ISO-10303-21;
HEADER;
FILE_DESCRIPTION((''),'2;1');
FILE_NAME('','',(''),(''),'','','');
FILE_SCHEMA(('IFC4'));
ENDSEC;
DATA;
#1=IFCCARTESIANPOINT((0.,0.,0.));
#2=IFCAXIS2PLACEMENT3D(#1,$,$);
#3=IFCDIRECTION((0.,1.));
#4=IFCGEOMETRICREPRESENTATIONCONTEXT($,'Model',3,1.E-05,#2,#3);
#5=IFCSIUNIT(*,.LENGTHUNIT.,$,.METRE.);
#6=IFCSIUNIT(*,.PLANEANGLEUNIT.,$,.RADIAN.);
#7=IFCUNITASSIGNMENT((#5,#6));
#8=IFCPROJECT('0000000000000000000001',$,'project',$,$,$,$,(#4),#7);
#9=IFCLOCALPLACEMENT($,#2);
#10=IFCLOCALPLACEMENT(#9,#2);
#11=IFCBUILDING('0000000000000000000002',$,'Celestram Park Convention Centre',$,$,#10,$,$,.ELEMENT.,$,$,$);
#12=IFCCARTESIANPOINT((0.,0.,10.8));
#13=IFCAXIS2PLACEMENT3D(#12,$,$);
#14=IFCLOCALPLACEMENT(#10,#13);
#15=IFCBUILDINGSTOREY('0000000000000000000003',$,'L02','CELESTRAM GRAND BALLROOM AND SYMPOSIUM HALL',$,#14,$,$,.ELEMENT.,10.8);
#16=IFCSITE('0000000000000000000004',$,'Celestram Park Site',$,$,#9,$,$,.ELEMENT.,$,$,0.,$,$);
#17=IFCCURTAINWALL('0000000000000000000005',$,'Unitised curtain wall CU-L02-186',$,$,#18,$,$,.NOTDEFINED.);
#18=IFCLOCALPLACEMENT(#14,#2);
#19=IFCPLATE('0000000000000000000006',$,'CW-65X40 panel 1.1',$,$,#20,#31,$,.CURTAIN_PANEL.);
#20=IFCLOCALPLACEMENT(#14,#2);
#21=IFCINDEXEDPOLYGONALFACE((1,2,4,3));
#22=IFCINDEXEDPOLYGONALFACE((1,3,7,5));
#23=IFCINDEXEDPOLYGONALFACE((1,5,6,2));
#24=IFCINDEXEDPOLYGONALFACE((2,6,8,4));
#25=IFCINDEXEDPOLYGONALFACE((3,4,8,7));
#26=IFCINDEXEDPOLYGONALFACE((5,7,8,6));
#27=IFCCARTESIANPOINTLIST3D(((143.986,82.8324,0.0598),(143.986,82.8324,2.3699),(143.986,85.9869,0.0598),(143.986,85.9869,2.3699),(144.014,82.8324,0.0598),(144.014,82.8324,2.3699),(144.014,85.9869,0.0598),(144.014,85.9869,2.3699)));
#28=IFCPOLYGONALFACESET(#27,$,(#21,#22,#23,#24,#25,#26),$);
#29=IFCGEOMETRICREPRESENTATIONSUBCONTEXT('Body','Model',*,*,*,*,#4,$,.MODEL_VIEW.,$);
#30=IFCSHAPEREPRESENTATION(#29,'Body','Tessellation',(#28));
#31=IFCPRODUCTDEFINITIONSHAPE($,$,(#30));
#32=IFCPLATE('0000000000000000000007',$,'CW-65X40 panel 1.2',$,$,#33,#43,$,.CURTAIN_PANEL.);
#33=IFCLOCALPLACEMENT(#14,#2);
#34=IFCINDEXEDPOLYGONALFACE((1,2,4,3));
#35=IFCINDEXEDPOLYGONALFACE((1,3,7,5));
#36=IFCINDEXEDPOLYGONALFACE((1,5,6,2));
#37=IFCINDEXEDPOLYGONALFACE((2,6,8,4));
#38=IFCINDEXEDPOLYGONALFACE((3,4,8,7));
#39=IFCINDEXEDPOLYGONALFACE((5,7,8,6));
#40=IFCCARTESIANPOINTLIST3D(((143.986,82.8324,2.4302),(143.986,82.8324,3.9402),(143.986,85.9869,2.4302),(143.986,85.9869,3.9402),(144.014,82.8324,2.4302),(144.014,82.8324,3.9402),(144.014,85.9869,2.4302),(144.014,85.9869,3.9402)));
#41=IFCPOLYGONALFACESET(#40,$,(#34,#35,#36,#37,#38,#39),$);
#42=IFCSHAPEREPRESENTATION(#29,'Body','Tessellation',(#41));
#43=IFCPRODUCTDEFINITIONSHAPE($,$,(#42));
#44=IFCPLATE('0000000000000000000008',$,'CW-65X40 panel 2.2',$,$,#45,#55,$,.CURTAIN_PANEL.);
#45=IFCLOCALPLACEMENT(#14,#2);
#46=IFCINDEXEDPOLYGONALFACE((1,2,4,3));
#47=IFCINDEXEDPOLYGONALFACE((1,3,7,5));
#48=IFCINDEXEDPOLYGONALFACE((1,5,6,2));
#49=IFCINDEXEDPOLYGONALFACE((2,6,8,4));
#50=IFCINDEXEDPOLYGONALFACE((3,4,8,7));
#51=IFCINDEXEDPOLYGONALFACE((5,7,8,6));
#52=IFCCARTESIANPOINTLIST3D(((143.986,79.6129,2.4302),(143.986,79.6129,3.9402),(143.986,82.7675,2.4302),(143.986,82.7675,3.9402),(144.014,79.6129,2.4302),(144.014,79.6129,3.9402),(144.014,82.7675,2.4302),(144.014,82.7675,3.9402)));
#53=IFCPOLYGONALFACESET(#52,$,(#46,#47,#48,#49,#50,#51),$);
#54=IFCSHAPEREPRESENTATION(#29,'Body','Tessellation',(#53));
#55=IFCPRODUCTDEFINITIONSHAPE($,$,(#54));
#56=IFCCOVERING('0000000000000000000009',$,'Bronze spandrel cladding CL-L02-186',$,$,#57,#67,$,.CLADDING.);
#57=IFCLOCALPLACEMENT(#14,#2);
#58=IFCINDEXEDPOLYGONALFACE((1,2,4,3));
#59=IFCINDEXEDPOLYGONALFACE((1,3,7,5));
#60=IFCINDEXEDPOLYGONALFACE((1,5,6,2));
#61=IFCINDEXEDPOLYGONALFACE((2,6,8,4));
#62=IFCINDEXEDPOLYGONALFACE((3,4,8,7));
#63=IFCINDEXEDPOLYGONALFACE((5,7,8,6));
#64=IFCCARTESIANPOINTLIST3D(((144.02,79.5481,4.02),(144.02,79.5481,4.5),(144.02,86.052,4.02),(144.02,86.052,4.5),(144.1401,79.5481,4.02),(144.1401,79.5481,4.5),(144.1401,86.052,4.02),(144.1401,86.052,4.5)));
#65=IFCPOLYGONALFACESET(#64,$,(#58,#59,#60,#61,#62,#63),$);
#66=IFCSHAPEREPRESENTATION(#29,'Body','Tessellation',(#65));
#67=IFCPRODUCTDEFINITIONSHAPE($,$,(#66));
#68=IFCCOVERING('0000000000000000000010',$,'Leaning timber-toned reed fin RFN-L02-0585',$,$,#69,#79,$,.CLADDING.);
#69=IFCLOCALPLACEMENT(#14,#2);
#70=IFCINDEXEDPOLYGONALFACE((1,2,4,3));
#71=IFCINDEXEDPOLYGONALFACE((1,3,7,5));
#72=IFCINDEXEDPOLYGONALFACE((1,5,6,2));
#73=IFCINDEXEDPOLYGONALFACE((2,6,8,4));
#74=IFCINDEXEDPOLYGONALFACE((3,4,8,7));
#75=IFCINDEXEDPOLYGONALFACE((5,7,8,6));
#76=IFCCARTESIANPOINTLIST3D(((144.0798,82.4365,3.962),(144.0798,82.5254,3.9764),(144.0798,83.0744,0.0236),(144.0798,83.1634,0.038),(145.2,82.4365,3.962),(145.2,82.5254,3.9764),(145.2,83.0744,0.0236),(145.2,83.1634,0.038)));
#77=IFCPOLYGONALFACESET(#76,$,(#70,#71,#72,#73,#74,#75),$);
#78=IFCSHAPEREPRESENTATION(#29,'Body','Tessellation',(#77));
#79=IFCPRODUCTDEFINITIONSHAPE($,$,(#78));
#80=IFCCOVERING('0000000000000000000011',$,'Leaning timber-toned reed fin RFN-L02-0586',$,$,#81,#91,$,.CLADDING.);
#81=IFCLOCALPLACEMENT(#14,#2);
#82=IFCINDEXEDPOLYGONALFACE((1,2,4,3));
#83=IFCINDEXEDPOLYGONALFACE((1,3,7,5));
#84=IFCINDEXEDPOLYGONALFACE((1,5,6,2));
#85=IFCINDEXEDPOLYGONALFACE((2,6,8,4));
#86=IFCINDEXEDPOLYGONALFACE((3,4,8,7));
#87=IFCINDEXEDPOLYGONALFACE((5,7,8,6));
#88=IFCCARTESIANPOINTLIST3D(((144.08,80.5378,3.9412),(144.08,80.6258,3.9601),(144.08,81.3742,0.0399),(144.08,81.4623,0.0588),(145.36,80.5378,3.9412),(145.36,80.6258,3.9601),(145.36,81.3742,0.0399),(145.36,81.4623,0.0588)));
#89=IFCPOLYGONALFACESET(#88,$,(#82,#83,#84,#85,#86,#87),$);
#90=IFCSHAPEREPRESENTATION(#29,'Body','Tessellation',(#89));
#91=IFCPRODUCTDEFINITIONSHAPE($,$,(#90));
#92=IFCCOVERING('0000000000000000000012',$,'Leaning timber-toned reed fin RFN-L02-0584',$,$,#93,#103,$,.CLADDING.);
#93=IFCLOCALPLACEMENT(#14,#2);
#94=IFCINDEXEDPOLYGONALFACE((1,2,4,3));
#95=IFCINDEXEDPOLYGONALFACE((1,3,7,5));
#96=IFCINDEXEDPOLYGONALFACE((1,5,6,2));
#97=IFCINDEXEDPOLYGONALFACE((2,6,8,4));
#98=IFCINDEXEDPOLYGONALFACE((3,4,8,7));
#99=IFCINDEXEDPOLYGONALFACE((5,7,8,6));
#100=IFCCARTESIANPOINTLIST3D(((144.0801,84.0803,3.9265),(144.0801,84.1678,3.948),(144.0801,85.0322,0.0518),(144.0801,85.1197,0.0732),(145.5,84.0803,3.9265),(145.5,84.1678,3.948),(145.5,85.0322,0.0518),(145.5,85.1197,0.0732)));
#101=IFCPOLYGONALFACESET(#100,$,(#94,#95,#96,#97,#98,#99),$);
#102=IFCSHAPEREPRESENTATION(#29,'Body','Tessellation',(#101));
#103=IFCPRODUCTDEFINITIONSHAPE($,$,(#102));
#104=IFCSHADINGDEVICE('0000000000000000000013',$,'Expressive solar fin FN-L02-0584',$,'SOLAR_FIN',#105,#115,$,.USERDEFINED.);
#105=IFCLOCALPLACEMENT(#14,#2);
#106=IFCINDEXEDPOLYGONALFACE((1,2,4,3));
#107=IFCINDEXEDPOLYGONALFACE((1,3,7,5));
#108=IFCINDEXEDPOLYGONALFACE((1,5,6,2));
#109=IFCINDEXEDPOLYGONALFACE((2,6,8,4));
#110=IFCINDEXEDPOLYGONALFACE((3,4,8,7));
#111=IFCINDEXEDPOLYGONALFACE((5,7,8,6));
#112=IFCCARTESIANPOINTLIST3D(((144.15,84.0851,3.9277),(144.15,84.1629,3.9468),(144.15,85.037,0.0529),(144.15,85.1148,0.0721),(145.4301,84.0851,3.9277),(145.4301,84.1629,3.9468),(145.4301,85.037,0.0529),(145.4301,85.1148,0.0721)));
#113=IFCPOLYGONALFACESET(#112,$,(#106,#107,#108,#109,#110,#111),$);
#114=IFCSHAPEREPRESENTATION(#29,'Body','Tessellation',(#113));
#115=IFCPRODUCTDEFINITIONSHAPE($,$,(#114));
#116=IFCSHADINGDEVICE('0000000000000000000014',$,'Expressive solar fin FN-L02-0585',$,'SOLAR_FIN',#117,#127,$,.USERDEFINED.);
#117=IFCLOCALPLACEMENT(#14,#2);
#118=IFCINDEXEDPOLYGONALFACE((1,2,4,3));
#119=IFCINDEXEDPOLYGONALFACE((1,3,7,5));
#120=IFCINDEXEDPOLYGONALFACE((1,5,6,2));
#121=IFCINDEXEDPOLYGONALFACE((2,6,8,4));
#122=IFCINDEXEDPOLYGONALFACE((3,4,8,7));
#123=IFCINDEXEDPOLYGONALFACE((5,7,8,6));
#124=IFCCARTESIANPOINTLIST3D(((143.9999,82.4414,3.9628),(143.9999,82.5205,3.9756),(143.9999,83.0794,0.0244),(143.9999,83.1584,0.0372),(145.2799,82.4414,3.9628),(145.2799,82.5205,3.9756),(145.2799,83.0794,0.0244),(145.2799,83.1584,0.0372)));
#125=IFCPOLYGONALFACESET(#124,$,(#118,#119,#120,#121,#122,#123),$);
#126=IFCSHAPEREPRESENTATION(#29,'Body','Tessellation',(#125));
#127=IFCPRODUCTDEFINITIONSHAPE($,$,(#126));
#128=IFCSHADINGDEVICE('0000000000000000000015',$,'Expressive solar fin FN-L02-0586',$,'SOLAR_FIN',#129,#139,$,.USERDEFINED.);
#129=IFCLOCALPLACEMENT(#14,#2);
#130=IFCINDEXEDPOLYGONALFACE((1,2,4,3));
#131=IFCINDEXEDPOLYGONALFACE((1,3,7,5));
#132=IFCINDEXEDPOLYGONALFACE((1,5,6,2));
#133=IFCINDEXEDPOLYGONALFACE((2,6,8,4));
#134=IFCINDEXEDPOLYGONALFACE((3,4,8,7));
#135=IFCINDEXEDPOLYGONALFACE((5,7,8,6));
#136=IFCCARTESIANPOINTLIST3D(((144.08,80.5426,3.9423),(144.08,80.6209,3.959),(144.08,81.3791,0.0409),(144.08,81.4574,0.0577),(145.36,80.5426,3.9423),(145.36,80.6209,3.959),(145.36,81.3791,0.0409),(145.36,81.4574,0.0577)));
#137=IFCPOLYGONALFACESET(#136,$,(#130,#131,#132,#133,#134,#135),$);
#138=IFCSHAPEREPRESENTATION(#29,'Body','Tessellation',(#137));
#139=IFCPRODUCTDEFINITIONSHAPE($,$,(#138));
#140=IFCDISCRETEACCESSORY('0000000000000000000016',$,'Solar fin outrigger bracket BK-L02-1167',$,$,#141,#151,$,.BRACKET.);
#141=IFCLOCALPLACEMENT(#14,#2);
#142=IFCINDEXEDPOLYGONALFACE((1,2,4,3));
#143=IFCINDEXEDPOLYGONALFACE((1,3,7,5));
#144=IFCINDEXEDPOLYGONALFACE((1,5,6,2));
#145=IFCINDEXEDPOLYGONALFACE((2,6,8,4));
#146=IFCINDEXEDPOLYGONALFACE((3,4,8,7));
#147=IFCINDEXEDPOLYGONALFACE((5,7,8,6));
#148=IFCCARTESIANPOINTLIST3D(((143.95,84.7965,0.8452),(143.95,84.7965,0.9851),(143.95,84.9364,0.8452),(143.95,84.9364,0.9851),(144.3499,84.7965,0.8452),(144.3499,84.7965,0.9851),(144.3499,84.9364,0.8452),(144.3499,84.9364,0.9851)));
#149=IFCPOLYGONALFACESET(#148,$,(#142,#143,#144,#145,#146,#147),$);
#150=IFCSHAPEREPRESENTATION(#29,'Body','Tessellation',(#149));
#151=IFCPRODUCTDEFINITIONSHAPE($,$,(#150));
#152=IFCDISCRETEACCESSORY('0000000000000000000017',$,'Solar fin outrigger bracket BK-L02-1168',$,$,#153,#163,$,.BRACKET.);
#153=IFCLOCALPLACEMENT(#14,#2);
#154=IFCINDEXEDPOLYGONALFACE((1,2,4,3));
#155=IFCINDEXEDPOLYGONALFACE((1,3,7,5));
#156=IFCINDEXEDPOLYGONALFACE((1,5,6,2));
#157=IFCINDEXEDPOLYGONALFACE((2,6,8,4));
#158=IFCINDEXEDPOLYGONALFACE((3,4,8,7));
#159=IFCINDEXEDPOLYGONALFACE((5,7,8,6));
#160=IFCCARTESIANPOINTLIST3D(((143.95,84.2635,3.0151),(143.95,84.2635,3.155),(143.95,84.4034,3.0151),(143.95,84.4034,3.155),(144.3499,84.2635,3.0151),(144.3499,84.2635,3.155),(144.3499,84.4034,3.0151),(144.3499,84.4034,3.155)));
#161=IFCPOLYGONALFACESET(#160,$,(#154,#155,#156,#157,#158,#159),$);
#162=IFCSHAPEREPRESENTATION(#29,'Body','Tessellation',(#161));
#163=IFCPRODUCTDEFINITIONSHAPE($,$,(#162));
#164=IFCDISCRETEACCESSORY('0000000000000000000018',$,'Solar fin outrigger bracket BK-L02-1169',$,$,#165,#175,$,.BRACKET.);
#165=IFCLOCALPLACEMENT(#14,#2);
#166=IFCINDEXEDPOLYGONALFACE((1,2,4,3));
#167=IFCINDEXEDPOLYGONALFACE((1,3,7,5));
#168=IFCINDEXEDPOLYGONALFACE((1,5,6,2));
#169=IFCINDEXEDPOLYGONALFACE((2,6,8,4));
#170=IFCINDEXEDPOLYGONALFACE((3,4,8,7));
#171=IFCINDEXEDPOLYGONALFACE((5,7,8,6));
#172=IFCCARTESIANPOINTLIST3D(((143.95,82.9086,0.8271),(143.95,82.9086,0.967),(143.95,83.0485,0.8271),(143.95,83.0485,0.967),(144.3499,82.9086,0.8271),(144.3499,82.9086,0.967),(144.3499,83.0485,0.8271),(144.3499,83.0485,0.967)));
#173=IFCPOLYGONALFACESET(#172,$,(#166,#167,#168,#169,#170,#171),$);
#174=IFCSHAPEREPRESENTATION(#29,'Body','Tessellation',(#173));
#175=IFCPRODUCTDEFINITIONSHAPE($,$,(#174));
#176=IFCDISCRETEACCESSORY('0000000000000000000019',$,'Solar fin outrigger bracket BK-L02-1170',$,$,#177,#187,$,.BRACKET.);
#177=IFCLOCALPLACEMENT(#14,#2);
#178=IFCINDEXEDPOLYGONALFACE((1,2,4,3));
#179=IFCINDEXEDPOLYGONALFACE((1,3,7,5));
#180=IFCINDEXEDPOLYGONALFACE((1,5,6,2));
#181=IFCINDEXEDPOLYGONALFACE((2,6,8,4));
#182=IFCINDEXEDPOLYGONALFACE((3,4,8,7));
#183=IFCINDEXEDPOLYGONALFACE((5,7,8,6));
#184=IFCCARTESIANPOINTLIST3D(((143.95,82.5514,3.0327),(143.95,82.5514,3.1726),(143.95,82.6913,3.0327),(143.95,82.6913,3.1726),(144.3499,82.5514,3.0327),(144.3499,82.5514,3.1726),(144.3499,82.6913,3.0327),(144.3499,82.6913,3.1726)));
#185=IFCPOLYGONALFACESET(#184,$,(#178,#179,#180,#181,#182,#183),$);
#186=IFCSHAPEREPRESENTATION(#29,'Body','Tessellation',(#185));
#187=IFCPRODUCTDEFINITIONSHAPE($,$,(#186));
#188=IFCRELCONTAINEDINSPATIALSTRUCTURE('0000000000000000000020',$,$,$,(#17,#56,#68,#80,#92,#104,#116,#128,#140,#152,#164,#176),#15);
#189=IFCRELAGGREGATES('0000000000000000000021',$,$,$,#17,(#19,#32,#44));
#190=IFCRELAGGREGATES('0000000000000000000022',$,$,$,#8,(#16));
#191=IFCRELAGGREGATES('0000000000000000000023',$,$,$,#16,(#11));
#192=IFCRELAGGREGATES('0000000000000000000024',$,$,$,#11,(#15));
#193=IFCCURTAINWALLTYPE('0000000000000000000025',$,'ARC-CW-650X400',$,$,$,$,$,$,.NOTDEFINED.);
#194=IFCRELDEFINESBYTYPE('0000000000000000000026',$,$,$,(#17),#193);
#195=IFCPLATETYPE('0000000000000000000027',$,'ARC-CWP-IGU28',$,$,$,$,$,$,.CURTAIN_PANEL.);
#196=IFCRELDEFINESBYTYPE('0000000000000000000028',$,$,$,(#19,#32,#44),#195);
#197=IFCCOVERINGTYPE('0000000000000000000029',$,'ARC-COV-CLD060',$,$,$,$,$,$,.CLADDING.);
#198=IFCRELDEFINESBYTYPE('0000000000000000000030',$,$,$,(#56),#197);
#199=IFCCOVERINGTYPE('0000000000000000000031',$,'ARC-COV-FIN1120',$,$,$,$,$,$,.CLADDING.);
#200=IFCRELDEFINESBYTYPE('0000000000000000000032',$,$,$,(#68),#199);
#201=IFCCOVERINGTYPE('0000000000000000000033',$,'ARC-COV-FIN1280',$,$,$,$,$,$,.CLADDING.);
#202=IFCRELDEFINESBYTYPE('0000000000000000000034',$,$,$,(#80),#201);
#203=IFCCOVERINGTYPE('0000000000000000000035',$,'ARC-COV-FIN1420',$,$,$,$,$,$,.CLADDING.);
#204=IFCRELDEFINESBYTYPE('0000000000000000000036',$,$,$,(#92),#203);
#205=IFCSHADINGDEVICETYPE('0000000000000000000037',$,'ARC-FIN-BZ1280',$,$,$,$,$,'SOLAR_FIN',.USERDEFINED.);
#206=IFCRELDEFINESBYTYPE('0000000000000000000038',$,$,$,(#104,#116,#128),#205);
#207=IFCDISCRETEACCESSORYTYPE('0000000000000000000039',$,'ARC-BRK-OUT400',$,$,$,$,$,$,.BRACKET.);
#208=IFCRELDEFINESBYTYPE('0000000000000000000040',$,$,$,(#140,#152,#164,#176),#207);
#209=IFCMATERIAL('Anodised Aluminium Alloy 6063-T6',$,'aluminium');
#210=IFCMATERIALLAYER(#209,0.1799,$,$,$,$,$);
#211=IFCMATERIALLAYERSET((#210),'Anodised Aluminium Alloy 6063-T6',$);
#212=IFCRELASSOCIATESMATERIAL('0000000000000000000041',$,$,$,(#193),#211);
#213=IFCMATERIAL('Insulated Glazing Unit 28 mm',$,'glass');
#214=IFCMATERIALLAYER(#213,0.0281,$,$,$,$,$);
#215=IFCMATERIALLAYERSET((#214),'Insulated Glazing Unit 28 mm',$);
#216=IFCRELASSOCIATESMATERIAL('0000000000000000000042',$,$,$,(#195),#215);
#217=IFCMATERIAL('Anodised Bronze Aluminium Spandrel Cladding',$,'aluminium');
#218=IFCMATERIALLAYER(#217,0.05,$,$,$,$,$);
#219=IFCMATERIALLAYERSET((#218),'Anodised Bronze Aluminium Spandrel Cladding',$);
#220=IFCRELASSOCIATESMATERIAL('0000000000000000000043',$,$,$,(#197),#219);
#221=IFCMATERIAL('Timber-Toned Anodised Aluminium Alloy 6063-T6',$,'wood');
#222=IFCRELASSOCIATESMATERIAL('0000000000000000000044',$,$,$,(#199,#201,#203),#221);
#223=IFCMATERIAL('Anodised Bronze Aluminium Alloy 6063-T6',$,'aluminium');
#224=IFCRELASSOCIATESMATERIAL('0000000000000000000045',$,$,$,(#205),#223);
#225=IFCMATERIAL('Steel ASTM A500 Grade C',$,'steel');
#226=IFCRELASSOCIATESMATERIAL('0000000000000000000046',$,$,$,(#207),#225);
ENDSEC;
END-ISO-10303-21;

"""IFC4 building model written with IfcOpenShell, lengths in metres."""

from ifc_helpers import new_model, si_unit, direction, frame, origin, origin_2d, place, context, subcontext, project, spatial, rectangle, extrude, material, layer, layer_set, material_profile, profile_set, type_object, element, aggregate, save


model = new_model("IFC4")

# Units and contexts
model_context = context("Model", 3, precision=1e-05, world=origin(), true_north=direction((0.0, 1.0)))
body_context = subcontext(model_context, "Body", "Model", "MODEL_VIEW")
ifc_project = project(units=[si_unit("LENGTHUNIT", "METRE"), si_unit("PLANEANGLEUNIT", "RADIAN")], contexts=[model_context])

# Site, building, storey
site_placement = place(None, origin())
site = spatial("IfcSite", under=ifc_project, at=site_placement, Name="Celestram Park Site", CompositionType="ELEMENT", RefElevation=0.0)
building_placement = place(site_placement, origin())
building = spatial("IfcBuilding", under=site, at=building_placement, Name="Celestram Park Convention Centre", CompositionType="ELEMENT")
storey_placement = place(building_placement, frame((0.0, 0.0, 10.8)))
storey = spatial("IfcBuildingStorey", under=building, at=storey_placement, Name="L02", Description="CELESTRAM GRAND BALLROOM AND SYMPOSIUM HALL", CompositionType="ELEMENT", Elevation=10.8)

# Shared definitions
ifc_material_1 = material(Name="Anodised Aluminium Alloy 6063-T6", Category="aluminium")
ifc_layer_1 = layer(ifc_material_1, 0.1799)
ifc_layer_set_1 = layer_set([ifc_layer_1], Name="Anodised Aluminium Alloy 6063-T6")
curtain_wall_type = type_object("IfcCurtainWallType", Name="ARC-CW-650X400", PredefinedType="NOTDEFINED", material=ifc_layer_set_1)

# Curtain wall
curtain_wall_1_placement = place(storey_placement, origin())
curtain_wall_1 = element("IfcCurtainWall", 1, at=curtain_wall_1_placement, inside=storey, type_object=curtain_wall_type, Name="Unitised curtain wall CU-L02-186", PredefinedType="NOTDEFINED")

# Shared definitions
ifc_material_2 = material(Name="Steel ASTM A500 Grade C", Category="steel")

# Plates
ifc_material_3 = material(Name="Insulated Glazing Unit 28 mm", Category="glass")
ifc_layer_2 = layer(ifc_material_3, 0.0281)
ifc_layer_set_2 = layer_set([ifc_layer_2], Name="Insulated Glazing Unit 28 mm")
plate_type = type_object("IfcPlateType", Name="ARC-CWP-IGU28", PredefinedType="CURTAIN_PANEL", material=ifc_layer_set_2)
plate_1_placement = place(storey_placement, frame((144.0, 84.4097, 0.0598), z_axis=(0.0, 0.0, 1.0), x_axis=(0.0, -1.0, 0.0)))
plate_1 = element("IfcPlate", 2, at=plate_1_placement, type_object=plate_type, Name="CW-65X40 panel 1.1", PredefinedType="CURTAIN_PANEL", context=body_context, shape_type="SweptSolid", body=[
    extrude(rectangle(XDim=3.1545, YDim=0.0281, at=origin_2d()), origin(), (0.0, 0.0, 1.0), 2.3101),
])
plate_2_placement = place(storey_placement, frame((144.0, 84.4097, 2.4302), z_axis=(0.0, 0.0, 1.0), x_axis=(0.0, -1.0, 0.0)))
plate_2 = element("IfcPlate", 3, at=plate_2_placement, type_object=plate_type, Name="CW-65X40 panel 1.2", PredefinedType="CURTAIN_PANEL", context=body_context, shape_type="SweptSolid", body=[
    extrude(rectangle(XDim=3.1545, YDim=0.0281, at=origin_2d()), origin(), (0.0, 0.0, 1.0), 1.51),
])
plate_3_placement = place(storey_placement, frame((144.0, 81.1902, 2.4302), z_axis=(0.0, 0.0, 1.0), x_axis=(0.0, -1.0, 0.0)))
plate_3 = element("IfcPlate", 4, at=plate_3_placement, type_object=plate_type, Name="CW-65X40 panel 2.2", PredefinedType="CURTAIN_PANEL", context=body_context, shape_type="SweptSolid", body=[
    extrude(rectangle(XDim=3.1545, YDim=0.0281, at=origin_2d()), origin(), (0.0, 0.0, 1.0), 1.51),
])
aggregate(curtain_wall_1, [plate_1, plate_2, plate_3])

# Coverings
ifc_material_4 = material(Name="Anodised Bronze Aluminium Spandrel Cladding", Category="aluminium")
ifc_layer_3 = layer(ifc_material_4, 0.05)
ifc_layer_set_3 = layer_set([ifc_layer_3], Name="Anodised Bronze Aluminium Spandrel Cladding")
covering_type_1 = type_object("IfcCoveringType", Name="ARC-COV-CLD060", PredefinedType="CLADDING", material=ifc_layer_set_3)
covering_1_placement = place(storey_placement, frame((144.0801, 82.8, 4.02), z_axis=(0.0, 0.0, 1.0), x_axis=(0.0, -1.0, 0.0)))
element("IfcCovering", 5, at=covering_1_placement, inside=storey, type_object=covering_type_1, Name="Bronze spandrel cladding CL-L02-186", PredefinedType="CLADDING", context=body_context, shape_type="SweptSolid", body=[
    extrude(rectangle(XDim=6.5039, YDim=0.1201, at=origin_2d()), origin(), (0.0, 0.0, 1.0), 0.48),
])
ifc_material_5 = material(Name="Timber-Toned Anodised Aluminium Alloy 6063-T6", Category="wood")
ifc_material_profile_1 = material_profile(ifc_material_5, rectangle(XDim=1.1201, YDim=0.0901, at=origin_2d()), Name="REED1120X90")
ifc_profile_set_1 = profile_set([ifc_material_profile_1], Name="Timber-Toned Anodised Aluminium Alloy 6063-T6")
covering_type_2 = type_object("IfcCoveringType", Name="ARC-COV-FIN1120", PredefinedType="CLADDING", material=ifc_profile_set_1)
covering_2_placement = place(storey_placement, frame((144.6399, 83.1189, 0.0308), z_axis=(0.0, -0.159892, 0.987134), x_axis=(1.0, 0.0, 0.0)))
element("IfcCovering", 6, at=covering_2_placement, inside=storey, type_object=covering_type_2, Name="Leaning timber-toned reed fin RFN-L02-0585", PredefinedType="CLADDING", context=body_context, shape_type="SweptSolid", body=[
    extrude(rectangle(XDim=1.1201, YDim=0.0901, at=origin_2d()), origin(), (0.0, 0.0, 1.0), 3.9897),
])
ifc_material_profile_2 = material_profile(ifc_material_5, rectangle(XDim=1.28, YDim=0.0901, at=origin_2d()), Name="REED1280X90")
ifc_profile_set_2 = profile_set([ifc_material_profile_2], Name="Timber-Toned Anodised Aluminium Alloy 6063-T6")
covering_type_3 = type_object("IfcCoveringType", Name="ARC-COV-FIN1280", PredefinedType="CLADDING", material=ifc_profile_set_2)
covering_3_placement = place(storey_placement, frame((144.72, 81.4182, 0.0493), z_axis=(0.0, -0.209629, 0.977781), x_axis=(1.0, 0.0, 0.0)))
element("IfcCovering", 7, at=covering_3_placement, inside=storey, type_object=covering_type_3, Name="Leaning timber-toned reed fin RFN-L02-0586", PredefinedType="CLADDING", context=body_context, shape_type="SweptSolid", body=[
    extrude(rectangle(XDim=1.28, YDim=0.0901, at=origin_2d()), origin(), (0.0, 0.0, 1.0), 3.99),
])
ifc_material_profile_3 = material_profile(ifc_material_5, rectangle(XDim=1.4199, YDim=0.0901, at=origin_2d()), Name="REED1420X90")
ifc_profile_set_3 = profile_set([ifc_material_profile_3], Name="Timber-Toned Anodised Aluminium Alloy 6063-T6")
covering_type_4 = type_object("IfcCoveringType", Name="ARC-COV-FIN1420", PredefinedType="CLADDING", material=ifc_profile_set_3)
covering_4_placement = place(storey_placement, frame((144.79, 85.0759, 0.0625), z_axis=(0.0, -0.238574, 0.971124), x_axis=(1.0, 0.0, 0.0)))
element("IfcCovering", 8, at=covering_4_placement, inside=storey, type_object=covering_type_4, Name="Leaning timber-toned reed fin RFN-L02-0584", PredefinedType="CLADDING", context=body_context, shape_type="SweptSolid", body=[
    extrude(rectangle(XDim=1.4199, YDim=0.0901, at=origin_2d()), origin(), (0.0, 0.0, 1.0), 3.99),
])

# Shading devices
ifc_material_6 = material(Name="Anodised Bronze Aluminium Alloy 6063-T6", Category="aluminium")
ifc_material_profile_4 = material_profile(ifc_material_6, rectangle(XDim=1.28, YDim=0.0801, at=origin_2d()), Name="FIN1280X80")
ifc_profile_set_4 = profile_set([ifc_material_profile_4], Name="Anodised Bronze Aluminium Alloy 6063-T6")
shading_device_type = type_object("IfcShadingDeviceType", Name="ARC-FIN-BZ1280", ElementType="SOLAR_FIN", PredefinedType="USERDEFINED", material=ifc_profile_set_4)
shading_device_1_placement = place(storey_placement, frame((144.79, 85.0759, 0.0625), z_axis=(0.0, -0.238574, 0.971124), x_axis=(1.0, 0.0, 0.0)))
element("IfcShadingDevice", 9, at=shading_device_1_placement, inside=storey, type_object=shading_device_type, Name="Expressive solar fin FN-L02-0584", ObjectType="SOLAR_FIN", PredefinedType="USERDEFINED", context=body_context, shape_type="SweptSolid", body=[
    extrude(rectangle(XDim=1.28, YDim=0.0801, at=origin_2d()), origin(), (0.0, 0.0, 1.0), 3.99),
])
shading_device_2_placement = place(storey_placement, frame((144.6399, 83.1189, 0.0308), z_axis=(0.0, -0.159892, 0.987134), x_axis=(1.0, 0.0, 0.0)))
element("IfcShadingDevice", 10, at=shading_device_2_placement, inside=storey, type_object=shading_device_type, Name="Expressive solar fin FN-L02-0585", ObjectType="SOLAR_FIN", PredefinedType="USERDEFINED", context=body_context, shape_type="SweptSolid", body=[
    extrude(rectangle(XDim=1.28, YDim=0.0801, at=origin_2d()), origin(), (0.0, 0.0, 1.0), 3.9897),
])
shading_device_3_placement = place(storey_placement, frame((144.72, 81.4182, 0.0493), z_axis=(0.0, -0.209629, 0.977781), x_axis=(1.0, 0.0, 0.0)))
element("IfcShadingDevice", 11, at=shading_device_3_placement, inside=storey, type_object=shading_device_type, Name="Expressive solar fin FN-L02-0586", ObjectType="SOLAR_FIN", PredefinedType="USERDEFINED", context=body_context, shape_type="SweptSolid", body=[
    extrude(rectangle(XDim=1.28, YDim=0.0801, at=origin_2d()), origin(), (0.0, 0.0, 1.0), 3.99),
])

# Discrete accessories
discrete_accessory_type = type_object("IfcDiscreteAccessoryType", Name="ARC-BRK-OUT400", PredefinedType="BRACKET", material=ifc_material_2)
for number, where, z_axis, x_axis, name in (
    (12, (144.1499, 84.8665, 0.8452), (0.0, 0.0, 1.0), (1.0, 0.0, 0.0), "Solar fin outrigger bracket BK-L02-1167"),
    (13, (144.1499, 84.3335, 3.0151), (0.0, 0.0, 1.0), (1.0, 0.0, 0.0), "Solar fin outrigger bracket BK-L02-1168"),
    (14, (144.1499, 82.9785, 0.8271), (0.0, 0.0, 1.0), (1.0, 0.0, 0.0), "Solar fin outrigger bracket BK-L02-1169"),
    (15, (144.1499, 82.6213, 3.0327), (0.0, 0.0, 1.0), (1.0, 0.0, 0.0), "Solar fin outrigger bracket BK-L02-1170"),
):
    element("IfcDiscreteAccessory", number, at=place(storey_placement, frame(where, z_axis=z_axis, x_axis=x_axis)), inside=storey, type_object=discrete_accessory_type, Name=name, PredefinedType="BRACKET", context=body_context, shape_type="SweptSolid", body=[
        extrude(rectangle(XDim=0.3999, YDim=0.1399, at=origin_2d()), origin(), (0.0, 0.0, 1.0), 0.1399),
    ])

save(model, "model.ifc")
